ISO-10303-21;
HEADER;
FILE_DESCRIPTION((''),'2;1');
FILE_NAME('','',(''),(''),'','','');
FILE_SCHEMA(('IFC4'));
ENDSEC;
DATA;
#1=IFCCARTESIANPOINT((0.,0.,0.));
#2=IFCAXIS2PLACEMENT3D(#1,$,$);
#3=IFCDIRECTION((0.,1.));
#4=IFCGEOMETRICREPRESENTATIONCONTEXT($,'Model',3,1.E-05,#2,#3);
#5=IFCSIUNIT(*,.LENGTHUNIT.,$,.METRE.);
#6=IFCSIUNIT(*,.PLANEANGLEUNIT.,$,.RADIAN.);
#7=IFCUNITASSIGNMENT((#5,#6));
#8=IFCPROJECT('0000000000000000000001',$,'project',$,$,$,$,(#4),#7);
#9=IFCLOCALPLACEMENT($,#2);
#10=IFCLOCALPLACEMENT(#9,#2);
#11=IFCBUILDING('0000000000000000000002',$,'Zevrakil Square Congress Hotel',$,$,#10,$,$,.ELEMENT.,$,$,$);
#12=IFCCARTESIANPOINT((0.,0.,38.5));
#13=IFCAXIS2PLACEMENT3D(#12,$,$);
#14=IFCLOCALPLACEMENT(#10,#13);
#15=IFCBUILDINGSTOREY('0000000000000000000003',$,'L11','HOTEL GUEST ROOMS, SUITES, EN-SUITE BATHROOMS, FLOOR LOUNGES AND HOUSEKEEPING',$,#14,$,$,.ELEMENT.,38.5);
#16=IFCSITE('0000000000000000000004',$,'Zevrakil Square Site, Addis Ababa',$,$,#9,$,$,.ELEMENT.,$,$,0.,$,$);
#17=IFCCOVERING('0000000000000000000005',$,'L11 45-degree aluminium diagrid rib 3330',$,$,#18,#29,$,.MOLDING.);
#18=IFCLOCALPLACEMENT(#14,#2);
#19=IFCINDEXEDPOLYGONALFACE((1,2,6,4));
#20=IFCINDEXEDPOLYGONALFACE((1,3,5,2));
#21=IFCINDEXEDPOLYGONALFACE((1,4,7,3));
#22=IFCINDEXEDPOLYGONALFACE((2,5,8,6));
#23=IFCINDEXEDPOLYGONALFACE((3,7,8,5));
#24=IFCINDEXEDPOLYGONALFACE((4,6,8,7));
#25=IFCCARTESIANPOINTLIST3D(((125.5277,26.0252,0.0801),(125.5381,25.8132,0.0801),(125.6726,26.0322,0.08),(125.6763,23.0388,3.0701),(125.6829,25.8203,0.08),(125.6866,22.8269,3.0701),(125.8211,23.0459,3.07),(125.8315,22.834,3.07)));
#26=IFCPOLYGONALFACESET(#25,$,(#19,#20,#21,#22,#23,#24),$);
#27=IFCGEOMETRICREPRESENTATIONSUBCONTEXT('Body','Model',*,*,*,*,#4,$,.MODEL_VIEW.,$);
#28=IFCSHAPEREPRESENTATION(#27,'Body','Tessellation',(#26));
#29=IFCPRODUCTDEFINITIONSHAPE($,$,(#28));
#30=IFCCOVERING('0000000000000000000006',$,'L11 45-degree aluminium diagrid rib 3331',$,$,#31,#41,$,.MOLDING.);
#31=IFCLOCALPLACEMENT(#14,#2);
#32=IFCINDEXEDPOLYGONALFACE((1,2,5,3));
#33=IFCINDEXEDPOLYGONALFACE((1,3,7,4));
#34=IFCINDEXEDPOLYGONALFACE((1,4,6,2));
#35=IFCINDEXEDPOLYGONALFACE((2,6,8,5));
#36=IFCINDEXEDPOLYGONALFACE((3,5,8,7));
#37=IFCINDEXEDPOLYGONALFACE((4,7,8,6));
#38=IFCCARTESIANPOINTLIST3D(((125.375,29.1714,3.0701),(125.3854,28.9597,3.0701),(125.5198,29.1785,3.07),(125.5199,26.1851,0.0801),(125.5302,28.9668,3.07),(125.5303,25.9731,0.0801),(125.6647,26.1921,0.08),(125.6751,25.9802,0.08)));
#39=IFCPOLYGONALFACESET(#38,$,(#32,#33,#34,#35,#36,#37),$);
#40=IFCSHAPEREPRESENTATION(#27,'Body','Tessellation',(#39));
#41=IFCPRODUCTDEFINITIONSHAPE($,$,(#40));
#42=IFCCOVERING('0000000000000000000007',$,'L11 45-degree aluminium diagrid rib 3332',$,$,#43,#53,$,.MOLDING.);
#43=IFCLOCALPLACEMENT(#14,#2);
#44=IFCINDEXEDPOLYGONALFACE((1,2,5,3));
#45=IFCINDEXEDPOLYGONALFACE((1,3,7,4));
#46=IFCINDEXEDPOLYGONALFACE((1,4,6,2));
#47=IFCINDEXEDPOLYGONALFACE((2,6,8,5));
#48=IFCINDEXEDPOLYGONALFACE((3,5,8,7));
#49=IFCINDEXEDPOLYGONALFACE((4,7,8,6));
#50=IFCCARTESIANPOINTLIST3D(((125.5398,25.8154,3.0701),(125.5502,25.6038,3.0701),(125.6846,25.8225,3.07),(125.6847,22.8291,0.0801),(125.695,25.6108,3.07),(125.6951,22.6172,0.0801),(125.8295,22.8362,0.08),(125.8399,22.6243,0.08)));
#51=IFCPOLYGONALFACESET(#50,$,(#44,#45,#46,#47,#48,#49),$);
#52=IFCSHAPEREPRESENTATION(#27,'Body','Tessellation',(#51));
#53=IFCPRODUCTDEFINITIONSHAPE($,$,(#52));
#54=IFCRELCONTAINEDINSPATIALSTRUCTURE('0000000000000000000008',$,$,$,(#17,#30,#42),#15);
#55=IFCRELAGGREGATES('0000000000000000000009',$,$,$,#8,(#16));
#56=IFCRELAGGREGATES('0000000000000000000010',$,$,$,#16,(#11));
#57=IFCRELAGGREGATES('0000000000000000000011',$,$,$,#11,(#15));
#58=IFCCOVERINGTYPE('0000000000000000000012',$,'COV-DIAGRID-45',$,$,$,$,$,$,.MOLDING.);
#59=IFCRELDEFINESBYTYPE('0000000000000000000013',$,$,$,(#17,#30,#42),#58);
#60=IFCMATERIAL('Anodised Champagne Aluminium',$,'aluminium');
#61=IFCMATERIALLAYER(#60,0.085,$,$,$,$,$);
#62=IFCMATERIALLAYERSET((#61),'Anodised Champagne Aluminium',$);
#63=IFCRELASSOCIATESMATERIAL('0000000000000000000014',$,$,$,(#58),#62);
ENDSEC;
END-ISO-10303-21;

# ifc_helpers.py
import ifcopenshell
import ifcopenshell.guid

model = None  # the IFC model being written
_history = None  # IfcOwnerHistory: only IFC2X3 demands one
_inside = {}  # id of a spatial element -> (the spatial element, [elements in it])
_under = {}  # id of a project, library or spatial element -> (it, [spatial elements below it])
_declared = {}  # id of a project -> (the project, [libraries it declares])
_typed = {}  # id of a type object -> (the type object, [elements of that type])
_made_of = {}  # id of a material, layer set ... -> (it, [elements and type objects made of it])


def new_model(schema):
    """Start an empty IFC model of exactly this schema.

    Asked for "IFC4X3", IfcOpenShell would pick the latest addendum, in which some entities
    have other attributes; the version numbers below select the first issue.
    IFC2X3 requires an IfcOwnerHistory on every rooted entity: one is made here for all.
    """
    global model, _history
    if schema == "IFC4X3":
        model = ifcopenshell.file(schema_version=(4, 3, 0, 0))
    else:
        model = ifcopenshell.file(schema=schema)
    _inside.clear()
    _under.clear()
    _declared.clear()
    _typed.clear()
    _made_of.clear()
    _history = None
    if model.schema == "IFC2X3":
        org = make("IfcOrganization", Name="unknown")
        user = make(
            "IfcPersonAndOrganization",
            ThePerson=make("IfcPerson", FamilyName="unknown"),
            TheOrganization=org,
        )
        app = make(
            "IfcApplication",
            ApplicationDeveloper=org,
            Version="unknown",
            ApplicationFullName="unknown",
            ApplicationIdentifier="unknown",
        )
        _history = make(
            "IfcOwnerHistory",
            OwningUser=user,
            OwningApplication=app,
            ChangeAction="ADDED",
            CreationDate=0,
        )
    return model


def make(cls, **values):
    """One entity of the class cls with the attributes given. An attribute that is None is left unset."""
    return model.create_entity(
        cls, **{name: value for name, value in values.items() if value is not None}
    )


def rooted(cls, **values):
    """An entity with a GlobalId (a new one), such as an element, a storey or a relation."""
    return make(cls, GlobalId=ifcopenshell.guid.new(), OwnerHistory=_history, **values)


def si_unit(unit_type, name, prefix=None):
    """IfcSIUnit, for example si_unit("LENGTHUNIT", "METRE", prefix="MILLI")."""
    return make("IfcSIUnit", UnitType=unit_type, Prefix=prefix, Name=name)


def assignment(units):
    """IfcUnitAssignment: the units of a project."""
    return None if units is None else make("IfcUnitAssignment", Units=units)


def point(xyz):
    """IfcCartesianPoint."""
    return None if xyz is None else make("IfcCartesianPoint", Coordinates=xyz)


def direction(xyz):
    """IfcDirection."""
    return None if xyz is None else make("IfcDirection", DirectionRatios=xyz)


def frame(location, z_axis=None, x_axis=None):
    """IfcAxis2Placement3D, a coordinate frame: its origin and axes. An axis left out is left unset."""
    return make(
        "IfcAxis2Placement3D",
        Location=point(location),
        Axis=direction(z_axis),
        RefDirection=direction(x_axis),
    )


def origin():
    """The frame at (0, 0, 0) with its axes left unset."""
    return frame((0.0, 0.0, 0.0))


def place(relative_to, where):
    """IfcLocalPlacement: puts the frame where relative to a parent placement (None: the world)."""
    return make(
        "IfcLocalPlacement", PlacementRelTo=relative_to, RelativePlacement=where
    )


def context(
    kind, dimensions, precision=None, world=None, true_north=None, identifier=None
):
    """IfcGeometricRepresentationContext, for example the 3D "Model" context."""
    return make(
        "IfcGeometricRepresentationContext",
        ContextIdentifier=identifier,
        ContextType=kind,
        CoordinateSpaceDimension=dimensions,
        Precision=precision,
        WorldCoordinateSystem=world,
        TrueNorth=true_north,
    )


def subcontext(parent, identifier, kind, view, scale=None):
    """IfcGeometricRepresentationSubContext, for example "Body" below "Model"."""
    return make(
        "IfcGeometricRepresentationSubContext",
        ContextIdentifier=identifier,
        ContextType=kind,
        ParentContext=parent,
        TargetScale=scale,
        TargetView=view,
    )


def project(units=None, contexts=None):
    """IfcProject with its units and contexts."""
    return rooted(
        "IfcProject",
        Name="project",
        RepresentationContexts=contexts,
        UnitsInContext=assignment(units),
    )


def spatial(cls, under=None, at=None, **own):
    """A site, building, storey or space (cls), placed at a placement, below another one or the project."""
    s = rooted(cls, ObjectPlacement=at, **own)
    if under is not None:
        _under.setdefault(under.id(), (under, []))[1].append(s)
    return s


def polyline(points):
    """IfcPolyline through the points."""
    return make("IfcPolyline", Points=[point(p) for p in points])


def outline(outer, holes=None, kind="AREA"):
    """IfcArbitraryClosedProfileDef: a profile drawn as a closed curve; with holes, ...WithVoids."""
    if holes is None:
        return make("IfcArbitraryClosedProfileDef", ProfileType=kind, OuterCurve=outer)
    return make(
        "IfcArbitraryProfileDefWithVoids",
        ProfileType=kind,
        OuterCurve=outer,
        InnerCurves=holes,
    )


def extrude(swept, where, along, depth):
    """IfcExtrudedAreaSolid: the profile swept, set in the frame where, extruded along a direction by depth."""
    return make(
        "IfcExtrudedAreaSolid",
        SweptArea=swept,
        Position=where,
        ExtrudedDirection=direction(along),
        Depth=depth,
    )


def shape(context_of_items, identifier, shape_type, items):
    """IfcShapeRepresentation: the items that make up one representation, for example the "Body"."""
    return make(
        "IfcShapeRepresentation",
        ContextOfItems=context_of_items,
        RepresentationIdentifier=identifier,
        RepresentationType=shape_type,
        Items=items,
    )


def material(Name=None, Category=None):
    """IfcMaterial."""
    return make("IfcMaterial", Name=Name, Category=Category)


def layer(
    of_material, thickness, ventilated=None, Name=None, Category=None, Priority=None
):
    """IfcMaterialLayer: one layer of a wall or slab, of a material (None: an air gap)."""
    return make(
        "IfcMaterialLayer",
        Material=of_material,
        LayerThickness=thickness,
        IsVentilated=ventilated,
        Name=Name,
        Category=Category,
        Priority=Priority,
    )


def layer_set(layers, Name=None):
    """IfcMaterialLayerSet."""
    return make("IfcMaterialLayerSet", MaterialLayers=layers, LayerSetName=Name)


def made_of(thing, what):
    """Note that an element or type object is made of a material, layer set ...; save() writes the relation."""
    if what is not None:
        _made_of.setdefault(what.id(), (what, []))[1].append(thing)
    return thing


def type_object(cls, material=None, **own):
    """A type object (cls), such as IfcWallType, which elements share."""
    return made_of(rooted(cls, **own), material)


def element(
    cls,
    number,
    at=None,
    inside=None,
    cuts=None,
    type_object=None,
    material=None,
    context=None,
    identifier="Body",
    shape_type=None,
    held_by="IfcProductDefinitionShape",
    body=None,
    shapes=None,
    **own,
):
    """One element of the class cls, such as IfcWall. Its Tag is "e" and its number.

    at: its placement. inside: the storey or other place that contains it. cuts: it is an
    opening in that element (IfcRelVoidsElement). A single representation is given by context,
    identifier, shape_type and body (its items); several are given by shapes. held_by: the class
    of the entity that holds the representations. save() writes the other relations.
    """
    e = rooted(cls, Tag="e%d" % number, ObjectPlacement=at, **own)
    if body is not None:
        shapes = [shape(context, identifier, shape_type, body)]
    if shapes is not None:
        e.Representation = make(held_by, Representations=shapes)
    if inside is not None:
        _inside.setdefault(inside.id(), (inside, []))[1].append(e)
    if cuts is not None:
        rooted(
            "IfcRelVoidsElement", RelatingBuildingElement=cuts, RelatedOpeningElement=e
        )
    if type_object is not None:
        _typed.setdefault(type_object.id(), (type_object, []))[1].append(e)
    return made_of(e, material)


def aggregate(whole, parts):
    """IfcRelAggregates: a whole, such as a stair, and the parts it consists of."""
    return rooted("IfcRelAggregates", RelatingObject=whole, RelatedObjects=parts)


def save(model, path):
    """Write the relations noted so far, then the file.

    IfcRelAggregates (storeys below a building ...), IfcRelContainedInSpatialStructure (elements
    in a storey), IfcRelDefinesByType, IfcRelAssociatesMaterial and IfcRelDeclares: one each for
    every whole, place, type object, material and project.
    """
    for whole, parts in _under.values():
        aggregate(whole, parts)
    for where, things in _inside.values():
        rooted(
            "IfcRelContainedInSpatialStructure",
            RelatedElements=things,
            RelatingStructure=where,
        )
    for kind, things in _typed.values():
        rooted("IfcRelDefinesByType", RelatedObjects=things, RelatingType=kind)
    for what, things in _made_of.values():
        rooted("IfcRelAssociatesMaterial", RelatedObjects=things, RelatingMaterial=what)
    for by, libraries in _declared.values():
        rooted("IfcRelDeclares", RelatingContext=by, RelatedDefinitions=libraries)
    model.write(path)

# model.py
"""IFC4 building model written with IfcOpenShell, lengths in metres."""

from ifc_helpers import new_model, si_unit, direction, frame, origin, place, context, subcontext, project, spatial, polyline, outline, extrude, material, layer, layer_set, type_object, element, save


model = new_model("IFC4")

# Units and contexts
model_context = context("Model", 3, precision=1e-05, world=origin(), true_north=direction((0.0, 1.0)))
body_context = subcontext(model_context, "Body", "Model", "MODEL_VIEW")
ifc_project = project(units=[si_unit("LENGTHUNIT", "METRE"), si_unit("PLANEANGLEUNIT", "RADIAN")], contexts=[model_context])

# Site, building, storey
site_placement = place(None, origin())
site = spatial("IfcSite", under=ifc_project, at=site_placement, Name="Zevrakil Square Site, Addis Ababa", CompositionType="ELEMENT", RefElevation=0.0)
building_placement = place(site_placement, origin())
building = spatial("IfcBuilding", under=site, at=building_placement, Name="Zevrakil Square Congress Hotel", CompositionType="ELEMENT")
storey_placement = place(building_placement, frame((0.0, 0.0, 38.5)))
storey = spatial("IfcBuildingStorey", under=building, at=storey_placement, Name="L11", Description="HOTEL GUEST ROOMS, SUITES, EN-SUITE BATHROOMS, FLOOR LOUNGES AND HOUSEKEEPING", CompositionType="ELEMENT", Elevation=38.5)

# Coverings
ifc_material_1 = material(Name="Anodised Champagne Aluminium", Category="aluminium")
ifc_layer_1 = layer(ifc_material_1, 0.085)
ifc_layer_set_1 = layer_set([ifc_layer_1], Name="Anodised Champagne Aluminium")
covering_type_1 = type_object("IfcCoveringType", Name="COV-DIAGRID-45", PredefinedType="MOLDING", material=ifc_layer_set_1)
covering_1_placement = place(storey_placement, frame((125.5381, 25.8132, 0.0801), z_axis=(-0.998803, -0.048905, 0.000782), x_axis=(-0.048905, 0.998803, 0.0)))
element("IfcCovering", 1, at=covering_1_placement, inside=storey, type_object=covering_type_1, Name="L11 45-degree aluminium diagrid rib 3330", PredefinedType="MOLDING", context=body_context, shape_type="SweptSolid", body=[
    extrude(outline(polyline([(0.0, 0.0), (0.2122, 0.0), (-2.7779, -2.99), (-2.99, -2.99), (0.0, 0.0)])), origin(), (0.0, 0.0, -1.0), 0.145),
])
for number, where, z_axis, x_axis, name in (
    (2, (125.375, 29.1714, 3.0701), (-0.998802, -0.048933, 0.000472), (0.048933, -0.998802, 0.0), "L11 45-degree aluminium diagrid rib 3331"),
    (3, (125.5398, 25.8154, 3.0701), (-0.998802, -0.048933, 0.000472), (0.048933, -0.998802, 0.0), "L11 45-degree aluminium diagrid rib 3332"),
):
    element("IfcCovering", number, at=place(storey_placement, frame(where, z_axis=z_axis, x_axis=x_axis)), inside=storey, type_object=covering_type_1, Name=name, PredefinedType="MOLDING", context=body_context, shape_type="SweptSolid", body=[
        extrude(outline(polyline([(0.0, 0.0), (0.2119, 0.0), (3.202, -2.99), (2.9898, -2.99), (0.0, 0.0)])), origin(), (0.0, 0.0, -1.0), 0.145),
    ])

save(model, "model.ifc")
